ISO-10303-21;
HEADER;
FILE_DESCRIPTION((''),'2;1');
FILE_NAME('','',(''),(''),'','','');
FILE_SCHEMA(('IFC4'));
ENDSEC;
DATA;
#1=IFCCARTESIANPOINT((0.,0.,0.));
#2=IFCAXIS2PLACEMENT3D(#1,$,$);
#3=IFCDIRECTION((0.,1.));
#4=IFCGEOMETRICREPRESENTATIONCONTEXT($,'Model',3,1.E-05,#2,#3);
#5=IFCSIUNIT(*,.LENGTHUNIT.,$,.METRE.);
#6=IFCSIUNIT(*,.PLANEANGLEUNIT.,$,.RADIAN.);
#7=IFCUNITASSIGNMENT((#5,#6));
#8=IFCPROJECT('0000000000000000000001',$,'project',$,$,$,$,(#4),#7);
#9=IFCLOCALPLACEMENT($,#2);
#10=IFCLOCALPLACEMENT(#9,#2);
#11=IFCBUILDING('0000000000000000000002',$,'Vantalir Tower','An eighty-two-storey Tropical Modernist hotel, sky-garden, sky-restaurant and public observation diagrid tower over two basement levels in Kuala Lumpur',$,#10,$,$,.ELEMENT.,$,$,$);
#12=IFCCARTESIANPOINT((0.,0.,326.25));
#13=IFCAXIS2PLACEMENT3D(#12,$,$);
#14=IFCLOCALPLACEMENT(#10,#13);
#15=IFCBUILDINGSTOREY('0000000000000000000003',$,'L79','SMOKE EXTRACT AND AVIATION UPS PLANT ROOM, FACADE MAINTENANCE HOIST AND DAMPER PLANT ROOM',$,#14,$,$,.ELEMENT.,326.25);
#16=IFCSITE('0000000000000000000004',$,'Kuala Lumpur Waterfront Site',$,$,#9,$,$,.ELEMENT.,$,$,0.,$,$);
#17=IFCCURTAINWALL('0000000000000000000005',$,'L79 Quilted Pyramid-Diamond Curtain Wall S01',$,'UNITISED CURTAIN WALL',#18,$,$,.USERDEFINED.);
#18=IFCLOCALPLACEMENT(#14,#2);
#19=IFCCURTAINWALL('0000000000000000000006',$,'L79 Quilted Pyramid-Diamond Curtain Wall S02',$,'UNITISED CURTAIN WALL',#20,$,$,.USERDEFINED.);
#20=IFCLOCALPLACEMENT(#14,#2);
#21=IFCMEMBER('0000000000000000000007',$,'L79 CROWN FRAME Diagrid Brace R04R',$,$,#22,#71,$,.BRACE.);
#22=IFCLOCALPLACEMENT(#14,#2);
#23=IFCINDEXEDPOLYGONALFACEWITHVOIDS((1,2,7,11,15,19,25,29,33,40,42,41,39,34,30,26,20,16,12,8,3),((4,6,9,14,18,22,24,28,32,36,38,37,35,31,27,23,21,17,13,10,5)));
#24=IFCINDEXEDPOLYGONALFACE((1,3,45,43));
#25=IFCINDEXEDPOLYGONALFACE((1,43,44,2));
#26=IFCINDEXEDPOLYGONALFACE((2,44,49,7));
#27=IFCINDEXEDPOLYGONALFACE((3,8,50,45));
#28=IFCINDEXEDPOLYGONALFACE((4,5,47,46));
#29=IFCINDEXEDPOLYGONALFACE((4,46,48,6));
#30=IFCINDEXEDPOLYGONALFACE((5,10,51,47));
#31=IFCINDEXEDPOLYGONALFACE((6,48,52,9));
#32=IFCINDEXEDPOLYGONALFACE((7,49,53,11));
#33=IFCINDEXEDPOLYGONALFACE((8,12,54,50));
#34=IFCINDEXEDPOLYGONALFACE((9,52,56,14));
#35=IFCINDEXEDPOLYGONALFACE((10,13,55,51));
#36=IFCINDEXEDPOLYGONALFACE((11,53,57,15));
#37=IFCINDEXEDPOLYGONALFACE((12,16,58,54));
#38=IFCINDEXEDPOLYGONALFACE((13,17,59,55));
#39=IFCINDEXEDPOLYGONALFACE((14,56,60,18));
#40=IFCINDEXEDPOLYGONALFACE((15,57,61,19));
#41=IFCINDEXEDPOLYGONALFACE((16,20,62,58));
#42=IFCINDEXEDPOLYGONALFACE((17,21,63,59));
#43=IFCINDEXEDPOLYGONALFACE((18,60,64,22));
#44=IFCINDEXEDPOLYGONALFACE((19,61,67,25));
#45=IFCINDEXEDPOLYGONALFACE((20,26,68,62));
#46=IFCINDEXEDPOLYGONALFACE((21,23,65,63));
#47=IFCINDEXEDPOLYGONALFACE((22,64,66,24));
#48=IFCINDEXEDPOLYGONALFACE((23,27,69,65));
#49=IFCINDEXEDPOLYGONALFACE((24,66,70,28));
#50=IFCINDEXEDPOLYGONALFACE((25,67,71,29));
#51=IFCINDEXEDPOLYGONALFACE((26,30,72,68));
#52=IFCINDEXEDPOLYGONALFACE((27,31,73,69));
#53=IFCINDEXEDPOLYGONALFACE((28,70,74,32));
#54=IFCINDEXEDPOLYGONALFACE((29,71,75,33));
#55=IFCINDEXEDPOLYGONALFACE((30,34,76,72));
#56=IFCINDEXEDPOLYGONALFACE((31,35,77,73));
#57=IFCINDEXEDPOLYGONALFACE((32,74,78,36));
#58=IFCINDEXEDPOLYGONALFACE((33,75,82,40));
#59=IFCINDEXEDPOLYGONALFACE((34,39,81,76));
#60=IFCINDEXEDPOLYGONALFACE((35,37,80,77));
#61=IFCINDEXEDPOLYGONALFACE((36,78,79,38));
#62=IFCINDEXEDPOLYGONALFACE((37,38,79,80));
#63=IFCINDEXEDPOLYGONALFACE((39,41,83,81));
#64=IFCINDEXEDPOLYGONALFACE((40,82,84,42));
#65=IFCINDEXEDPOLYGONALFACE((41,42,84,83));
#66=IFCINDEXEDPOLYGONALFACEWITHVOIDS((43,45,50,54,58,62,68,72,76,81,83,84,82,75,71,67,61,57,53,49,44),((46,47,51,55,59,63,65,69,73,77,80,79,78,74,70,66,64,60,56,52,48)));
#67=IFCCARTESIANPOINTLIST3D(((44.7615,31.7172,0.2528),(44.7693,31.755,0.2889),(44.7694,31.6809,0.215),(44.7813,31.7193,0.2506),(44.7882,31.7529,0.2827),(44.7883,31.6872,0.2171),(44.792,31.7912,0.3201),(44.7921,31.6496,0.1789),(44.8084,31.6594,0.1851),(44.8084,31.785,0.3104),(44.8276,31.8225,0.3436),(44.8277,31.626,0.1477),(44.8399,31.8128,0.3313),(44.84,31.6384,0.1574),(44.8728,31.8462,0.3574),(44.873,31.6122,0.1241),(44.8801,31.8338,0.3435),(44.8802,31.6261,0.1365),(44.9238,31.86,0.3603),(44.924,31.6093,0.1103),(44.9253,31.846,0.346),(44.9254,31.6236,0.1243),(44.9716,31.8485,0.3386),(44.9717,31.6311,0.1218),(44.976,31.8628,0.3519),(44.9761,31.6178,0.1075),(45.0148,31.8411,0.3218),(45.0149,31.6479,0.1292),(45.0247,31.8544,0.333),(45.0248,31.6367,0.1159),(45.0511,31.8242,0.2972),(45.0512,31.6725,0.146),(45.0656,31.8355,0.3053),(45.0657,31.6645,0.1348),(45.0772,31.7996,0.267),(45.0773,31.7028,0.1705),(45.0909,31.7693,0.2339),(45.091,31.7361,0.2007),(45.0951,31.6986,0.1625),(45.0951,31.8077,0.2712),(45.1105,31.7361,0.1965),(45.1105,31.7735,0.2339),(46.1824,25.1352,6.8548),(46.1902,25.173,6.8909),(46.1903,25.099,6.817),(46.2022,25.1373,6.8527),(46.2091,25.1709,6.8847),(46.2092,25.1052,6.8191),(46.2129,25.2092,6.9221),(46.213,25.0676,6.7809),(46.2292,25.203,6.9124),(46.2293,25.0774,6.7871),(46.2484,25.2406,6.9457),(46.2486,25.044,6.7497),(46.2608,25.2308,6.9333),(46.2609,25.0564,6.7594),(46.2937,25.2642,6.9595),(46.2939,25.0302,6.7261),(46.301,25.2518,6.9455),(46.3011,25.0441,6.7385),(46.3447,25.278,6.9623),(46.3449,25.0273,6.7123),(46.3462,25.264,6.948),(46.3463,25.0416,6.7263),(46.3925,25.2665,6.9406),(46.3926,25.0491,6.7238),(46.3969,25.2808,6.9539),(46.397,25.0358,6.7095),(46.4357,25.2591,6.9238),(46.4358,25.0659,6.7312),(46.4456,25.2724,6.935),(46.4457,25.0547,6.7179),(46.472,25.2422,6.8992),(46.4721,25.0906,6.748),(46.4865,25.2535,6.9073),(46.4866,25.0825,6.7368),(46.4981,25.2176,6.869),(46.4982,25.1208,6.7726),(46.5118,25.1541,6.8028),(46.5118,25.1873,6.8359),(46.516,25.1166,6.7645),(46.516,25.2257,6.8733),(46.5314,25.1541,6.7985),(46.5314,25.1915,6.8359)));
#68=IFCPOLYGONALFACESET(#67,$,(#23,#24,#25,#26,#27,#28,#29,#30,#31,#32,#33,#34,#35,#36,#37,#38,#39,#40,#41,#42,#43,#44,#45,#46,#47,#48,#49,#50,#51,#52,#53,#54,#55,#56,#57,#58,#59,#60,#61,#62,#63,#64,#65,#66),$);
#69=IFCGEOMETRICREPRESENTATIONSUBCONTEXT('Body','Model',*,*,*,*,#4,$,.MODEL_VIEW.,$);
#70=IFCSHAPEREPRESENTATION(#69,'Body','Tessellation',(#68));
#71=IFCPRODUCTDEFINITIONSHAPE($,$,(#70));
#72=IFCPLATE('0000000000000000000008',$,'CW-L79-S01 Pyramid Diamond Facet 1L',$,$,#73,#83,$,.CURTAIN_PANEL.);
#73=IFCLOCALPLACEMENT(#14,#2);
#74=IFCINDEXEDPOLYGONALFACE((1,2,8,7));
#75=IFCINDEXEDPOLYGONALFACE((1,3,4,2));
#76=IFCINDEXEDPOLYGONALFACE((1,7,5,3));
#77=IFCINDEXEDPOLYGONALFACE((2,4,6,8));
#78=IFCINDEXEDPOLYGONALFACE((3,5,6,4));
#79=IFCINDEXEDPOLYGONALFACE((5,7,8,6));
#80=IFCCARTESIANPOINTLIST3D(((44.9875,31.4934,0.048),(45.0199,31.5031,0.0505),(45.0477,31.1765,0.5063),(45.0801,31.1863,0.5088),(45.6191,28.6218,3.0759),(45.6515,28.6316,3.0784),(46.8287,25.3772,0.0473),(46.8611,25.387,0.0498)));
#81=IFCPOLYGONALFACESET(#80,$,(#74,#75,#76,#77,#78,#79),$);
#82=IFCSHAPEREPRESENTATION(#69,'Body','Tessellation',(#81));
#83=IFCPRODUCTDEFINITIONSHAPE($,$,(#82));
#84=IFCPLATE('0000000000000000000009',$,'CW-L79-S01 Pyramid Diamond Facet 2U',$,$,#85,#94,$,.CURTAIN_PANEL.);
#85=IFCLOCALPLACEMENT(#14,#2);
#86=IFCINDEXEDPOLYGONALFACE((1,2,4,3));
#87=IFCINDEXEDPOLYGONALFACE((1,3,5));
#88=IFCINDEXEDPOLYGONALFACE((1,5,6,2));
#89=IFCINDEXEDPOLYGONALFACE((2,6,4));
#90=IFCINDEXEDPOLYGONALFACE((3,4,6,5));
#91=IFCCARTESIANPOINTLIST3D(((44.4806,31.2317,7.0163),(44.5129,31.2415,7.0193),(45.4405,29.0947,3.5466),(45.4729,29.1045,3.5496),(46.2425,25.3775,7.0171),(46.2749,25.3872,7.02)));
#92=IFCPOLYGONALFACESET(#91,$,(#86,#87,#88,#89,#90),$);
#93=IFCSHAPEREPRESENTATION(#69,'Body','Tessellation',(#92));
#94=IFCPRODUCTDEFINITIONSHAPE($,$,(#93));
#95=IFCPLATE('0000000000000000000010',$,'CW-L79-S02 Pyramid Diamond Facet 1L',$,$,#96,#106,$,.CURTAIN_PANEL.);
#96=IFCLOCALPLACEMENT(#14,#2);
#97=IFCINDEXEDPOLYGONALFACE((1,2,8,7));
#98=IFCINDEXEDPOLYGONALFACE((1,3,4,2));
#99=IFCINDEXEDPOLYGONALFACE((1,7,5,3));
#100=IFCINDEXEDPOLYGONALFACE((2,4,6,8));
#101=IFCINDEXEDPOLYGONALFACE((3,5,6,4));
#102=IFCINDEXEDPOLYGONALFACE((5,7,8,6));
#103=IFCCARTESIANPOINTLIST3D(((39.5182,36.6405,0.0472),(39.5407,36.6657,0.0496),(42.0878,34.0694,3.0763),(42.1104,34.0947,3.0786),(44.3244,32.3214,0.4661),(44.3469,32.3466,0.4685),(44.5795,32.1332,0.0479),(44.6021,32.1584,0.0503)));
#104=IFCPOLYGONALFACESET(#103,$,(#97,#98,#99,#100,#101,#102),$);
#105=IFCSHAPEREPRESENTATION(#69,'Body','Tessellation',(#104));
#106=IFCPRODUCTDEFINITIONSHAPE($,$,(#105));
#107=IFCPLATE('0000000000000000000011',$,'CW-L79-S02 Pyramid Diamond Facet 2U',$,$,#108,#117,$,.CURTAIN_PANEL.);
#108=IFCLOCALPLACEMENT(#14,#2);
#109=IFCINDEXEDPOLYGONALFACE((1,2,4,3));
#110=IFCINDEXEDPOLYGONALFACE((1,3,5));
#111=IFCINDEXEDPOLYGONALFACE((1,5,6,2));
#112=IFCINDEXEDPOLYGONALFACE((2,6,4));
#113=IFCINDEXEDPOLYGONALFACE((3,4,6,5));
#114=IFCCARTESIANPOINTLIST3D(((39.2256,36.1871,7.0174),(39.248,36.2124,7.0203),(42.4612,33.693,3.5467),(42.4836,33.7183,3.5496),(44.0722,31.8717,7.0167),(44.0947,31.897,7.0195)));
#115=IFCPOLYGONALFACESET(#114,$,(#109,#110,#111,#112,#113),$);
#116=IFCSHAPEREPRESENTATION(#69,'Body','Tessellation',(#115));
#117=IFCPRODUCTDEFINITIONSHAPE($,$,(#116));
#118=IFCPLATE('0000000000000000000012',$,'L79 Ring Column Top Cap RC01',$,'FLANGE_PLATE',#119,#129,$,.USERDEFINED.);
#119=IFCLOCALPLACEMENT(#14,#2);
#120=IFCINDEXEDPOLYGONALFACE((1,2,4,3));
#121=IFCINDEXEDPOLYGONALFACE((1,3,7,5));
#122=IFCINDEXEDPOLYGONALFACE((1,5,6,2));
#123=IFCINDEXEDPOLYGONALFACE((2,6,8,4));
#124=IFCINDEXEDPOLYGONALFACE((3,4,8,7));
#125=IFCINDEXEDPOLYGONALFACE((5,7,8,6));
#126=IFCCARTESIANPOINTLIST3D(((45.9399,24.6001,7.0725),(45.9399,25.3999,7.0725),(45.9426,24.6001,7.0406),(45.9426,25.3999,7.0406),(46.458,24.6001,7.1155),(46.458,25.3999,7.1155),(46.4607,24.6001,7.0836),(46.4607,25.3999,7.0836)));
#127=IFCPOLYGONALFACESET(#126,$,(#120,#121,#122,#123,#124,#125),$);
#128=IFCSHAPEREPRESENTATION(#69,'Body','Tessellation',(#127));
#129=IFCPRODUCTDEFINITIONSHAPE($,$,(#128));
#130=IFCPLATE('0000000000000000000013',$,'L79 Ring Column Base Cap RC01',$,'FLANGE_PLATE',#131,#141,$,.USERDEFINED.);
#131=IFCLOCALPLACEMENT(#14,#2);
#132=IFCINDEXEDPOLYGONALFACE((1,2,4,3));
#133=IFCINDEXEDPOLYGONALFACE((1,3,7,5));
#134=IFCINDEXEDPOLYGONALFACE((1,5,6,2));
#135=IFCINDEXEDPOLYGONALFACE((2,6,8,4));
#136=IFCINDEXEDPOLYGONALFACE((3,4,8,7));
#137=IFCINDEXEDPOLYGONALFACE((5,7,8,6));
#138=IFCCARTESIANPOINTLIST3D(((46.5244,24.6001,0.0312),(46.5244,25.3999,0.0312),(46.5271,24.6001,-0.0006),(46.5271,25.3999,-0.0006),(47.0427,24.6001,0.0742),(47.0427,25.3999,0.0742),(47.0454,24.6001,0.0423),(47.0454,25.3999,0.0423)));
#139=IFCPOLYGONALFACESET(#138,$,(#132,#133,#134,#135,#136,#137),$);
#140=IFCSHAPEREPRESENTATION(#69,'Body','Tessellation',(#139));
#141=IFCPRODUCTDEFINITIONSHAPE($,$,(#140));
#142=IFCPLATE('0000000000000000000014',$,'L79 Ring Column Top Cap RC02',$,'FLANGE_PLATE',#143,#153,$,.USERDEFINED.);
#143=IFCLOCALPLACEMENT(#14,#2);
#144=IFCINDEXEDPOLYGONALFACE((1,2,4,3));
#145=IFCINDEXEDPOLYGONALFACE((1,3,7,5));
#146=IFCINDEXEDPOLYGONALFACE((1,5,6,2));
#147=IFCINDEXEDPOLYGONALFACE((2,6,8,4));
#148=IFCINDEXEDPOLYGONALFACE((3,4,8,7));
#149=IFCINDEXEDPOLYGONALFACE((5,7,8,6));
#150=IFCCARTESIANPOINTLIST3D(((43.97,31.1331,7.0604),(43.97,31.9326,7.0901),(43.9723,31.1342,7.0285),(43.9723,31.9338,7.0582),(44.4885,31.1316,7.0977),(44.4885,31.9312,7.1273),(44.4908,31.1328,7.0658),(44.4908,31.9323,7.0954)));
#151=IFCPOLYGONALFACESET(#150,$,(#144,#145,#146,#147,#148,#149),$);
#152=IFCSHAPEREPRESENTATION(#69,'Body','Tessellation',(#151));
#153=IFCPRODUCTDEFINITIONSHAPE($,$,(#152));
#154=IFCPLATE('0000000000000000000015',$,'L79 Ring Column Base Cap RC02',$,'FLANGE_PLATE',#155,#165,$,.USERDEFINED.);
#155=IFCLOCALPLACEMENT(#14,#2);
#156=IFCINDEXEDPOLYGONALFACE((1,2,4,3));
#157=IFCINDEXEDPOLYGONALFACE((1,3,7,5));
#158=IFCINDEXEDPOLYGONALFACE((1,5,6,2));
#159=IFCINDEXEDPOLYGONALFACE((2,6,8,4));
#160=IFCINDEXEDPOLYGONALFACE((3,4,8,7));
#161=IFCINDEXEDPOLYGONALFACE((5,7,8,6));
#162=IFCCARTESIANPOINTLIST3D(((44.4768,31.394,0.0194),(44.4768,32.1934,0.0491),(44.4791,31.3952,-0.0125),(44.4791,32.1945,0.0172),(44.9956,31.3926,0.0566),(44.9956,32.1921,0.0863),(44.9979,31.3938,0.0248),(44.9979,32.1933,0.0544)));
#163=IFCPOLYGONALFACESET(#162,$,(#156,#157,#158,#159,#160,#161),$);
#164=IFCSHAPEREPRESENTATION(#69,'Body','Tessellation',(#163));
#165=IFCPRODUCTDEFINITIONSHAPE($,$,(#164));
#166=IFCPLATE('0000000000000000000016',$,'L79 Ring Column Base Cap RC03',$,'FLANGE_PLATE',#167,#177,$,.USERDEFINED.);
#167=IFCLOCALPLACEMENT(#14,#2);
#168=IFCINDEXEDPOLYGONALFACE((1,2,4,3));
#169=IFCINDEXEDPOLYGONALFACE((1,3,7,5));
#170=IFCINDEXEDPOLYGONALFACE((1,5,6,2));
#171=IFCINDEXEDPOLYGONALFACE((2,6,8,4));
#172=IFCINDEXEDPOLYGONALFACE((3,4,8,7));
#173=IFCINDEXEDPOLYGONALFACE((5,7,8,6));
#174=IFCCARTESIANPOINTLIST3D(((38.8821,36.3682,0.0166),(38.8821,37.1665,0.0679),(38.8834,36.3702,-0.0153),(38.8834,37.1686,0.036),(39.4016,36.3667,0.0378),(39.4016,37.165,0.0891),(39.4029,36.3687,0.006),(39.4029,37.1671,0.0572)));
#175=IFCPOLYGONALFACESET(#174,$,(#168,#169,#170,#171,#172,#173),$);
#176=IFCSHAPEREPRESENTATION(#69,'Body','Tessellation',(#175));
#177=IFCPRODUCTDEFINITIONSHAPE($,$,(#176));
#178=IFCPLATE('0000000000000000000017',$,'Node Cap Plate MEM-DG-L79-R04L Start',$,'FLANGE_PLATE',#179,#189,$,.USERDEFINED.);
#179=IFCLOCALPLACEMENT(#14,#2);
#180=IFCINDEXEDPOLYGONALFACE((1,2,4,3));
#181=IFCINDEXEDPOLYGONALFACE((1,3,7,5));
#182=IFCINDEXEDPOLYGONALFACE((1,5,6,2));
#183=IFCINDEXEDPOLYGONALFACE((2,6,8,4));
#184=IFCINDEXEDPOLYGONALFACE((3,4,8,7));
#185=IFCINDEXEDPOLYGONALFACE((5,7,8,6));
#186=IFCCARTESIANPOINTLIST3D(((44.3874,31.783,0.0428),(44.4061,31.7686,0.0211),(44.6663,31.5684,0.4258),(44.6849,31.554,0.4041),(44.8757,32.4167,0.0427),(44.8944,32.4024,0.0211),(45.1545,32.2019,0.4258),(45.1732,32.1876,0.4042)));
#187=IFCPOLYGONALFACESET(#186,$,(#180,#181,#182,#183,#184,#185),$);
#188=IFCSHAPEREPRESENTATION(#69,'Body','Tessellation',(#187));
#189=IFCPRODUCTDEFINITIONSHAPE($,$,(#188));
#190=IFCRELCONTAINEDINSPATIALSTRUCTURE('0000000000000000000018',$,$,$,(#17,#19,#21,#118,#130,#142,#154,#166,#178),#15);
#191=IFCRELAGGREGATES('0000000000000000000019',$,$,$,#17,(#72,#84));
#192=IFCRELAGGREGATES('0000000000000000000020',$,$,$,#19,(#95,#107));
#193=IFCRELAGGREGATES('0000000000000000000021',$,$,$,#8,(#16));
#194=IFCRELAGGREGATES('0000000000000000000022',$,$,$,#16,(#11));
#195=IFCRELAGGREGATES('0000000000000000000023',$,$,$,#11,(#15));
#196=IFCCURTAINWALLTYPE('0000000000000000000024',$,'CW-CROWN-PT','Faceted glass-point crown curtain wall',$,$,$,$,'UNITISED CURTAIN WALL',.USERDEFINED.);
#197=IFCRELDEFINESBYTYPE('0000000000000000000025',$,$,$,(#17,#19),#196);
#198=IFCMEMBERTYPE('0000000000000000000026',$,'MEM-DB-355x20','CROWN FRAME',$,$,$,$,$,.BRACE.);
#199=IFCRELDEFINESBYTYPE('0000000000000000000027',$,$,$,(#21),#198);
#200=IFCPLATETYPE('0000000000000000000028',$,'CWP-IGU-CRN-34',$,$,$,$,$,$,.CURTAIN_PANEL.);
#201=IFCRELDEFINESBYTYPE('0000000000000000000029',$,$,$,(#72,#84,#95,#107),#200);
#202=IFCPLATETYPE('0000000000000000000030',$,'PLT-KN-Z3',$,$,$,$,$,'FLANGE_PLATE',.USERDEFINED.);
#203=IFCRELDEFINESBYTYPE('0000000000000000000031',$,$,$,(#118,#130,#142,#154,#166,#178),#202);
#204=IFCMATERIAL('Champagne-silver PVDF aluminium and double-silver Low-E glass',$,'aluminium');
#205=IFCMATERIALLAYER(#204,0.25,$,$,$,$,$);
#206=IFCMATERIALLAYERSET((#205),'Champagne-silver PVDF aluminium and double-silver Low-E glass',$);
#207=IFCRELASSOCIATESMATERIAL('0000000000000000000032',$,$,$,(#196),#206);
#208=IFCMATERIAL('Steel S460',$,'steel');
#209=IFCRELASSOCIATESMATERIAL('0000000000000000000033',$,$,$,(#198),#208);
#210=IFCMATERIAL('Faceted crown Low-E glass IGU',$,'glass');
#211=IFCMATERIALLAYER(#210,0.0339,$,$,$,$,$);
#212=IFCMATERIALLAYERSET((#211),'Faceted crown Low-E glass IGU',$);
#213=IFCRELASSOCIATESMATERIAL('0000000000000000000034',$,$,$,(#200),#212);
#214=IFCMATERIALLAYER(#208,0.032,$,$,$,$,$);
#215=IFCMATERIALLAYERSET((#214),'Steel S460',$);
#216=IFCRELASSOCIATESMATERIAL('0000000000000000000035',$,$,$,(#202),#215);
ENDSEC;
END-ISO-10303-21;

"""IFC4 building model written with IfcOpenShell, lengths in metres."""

from ifc_helpers import new_model, si_unit, direction, frame, origin, origin_2d, place, context, subcontext, project, spatial, polyline, hollow_circle, outline, extrude, material, layer, layer_set, material_profile, profile_set, type_object, element, aggregate, save


model = new_model("IFC4")

# Units and contexts
model_context = context("Model", 3, precision=1e-05, world=origin(), true_north=direction((0.0, 1.0)))
body_context = subcontext(model_context, "Body", "Model", "MODEL_VIEW")
ifc_project = project(units=[si_unit("LENGTHUNIT", "METRE"), si_unit("PLANEANGLEUNIT", "RADIAN")], contexts=[model_context])

# Site, building, storey
site_placement = place(None, origin())
site = spatial("IfcSite", under=ifc_project, at=site_placement, Name="Kuala Lumpur Waterfront Site", CompositionType="ELEMENT", RefElevation=0.0)
building_placement = place(site_placement, origin())
building = spatial("IfcBuilding", under=site, at=building_placement, Name="Vantalir Tower", Description="An eighty-two-storey Tropical Modernist hotel, sky-garden, sky-restaurant and public observation diagrid tower over two basement levels in Kuala Lumpur", CompositionType="ELEMENT")
storey_placement = place(building_placement, frame((0.0, 0.0, 326.25)))
storey = spatial("IfcBuildingStorey", under=building, at=storey_placement, Name="L79", Description="SMOKE EXTRACT AND AVIATION UPS PLANT ROOM, FACADE MAINTENANCE HOIST AND DAMPER PLANT ROOM", CompositionType="ELEMENT", Elevation=326.25)

# Shared definitions
ifc_material_1 = material(Name="Steel S460", Category="steel")

# Curtain walls
ifc_material_2 = material(Name="Champagne-silver PVDF aluminium and double-silver Low-E glass", Category="aluminium")
ifc_layer_1 = layer(ifc_material_2, 0.25)
ifc_layer_set_1 = layer_set([ifc_layer_1], Name="Champagne-silver PVDF aluminium and double-silver Low-E glass")
curtain_wall_type = type_object("IfcCurtainWallType", Name="CW-CROWN-PT", Description="Faceted glass-point crown curtain wall", ElementType="UNITISED CURTAIN WALL", PredefinedType="USERDEFINED", material=ifc_layer_set_1)
curtain_wall_1_placement = place(storey_placement, origin())
curtain_wall_1 = element("IfcCurtainWall", 1, at=curtain_wall_1_placement, inside=storey, type_object=curtain_wall_type, Name="L79 Quilted Pyramid-Diamond Curtain Wall S01", ObjectType="UNITISED CURTAIN WALL", PredefinedType="USERDEFINED")
curtain_wall_2_placement = place(storey_placement, origin())
curtain_wall_2 = element("IfcCurtainWall", 2, at=curtain_wall_2_placement, inside=storey, type_object=curtain_wall_type, Name="L79 Quilted Pyramid-Diamond Curtain Wall S02", ObjectType="UNITISED CURTAIN WALL", PredefinedType="USERDEFINED")

# Member
ifc_material_profile_1 = material_profile(ifc_material_1, hollow_circle(Radius=0.1775, WallThickness=0.02, at=origin_2d()), Name="Steel S460")
ifc_profile_set_1 = profile_set([ifc_material_profile_1], Name="Steel S460")
member_type_1 = type_object("IfcMemberType", Name="MEM-DB-355x20", Description="CROWN FRAME", PredefinedType="BRACE", material=ifc_profile_set_1)
member_1_placement = place(storey_placement, frame((44.937, 31.7361, 0.2339), z_axis=(0.150675, -0.697972, 0.700095), x_axis=(0.977483, 0.211014, 0.0)))
element("IfcMember", 3, at=member_1_placement, inside=storey, type_object=member_type_1, Name="L79 CROWN FRAME Diagrid Brace R04R", PredefinedType="BRACE", context=body_context, shape_type="SweptSolid", body=[
    extrude(hollow_circle(Radius=0.1775, WallThickness=0.02, at=origin_2d()), origin(), (0.0, 0.0, 1.0), 9.4302),
])

# Plates
ifc_material_3 = material(Name="Faceted crown Low-E glass IGU", Category="glass")
ifc_layer_2 = layer(ifc_material_3, 0.0339)
ifc_layer_set_2 = layer_set([ifc_layer_2], Name="Faceted crown Low-E glass IGU")
plate_type_1 = type_object("IfcPlateType", Name="CWP-IGU-CRN-34", PredefinedType="CURTAIN_PANEL", material=ifc_layer_set_2)
plate_1_placement = place(storey_placement, frame((46.8611, 25.387, 0.0498), z_axis=(0.954972, 0.287466, 0.073429), x_axis=(-0.288252, 0.957554, 0.000114)))
plate_1 = element("IfcPlate", 4, at=plate_1_placement, type_object=plate_type_1, Name="CW-L79-S01 Pyramid Diamond Facet 1L", PredefinedType="CURTAIN_PANEL", context=body_context, shape_type="SweptSolid", body=[
    extrude(outline(polyline([(0.0, 0.0), (6.3873, 0.0), (6.0666, 0.4595), (3.4559, 3.0364), (0.0, 0.0)])), origin(), (0.0, 0.0, -1.0), 0.0339),
])
plate_2_placement = place(storey_placement, frame((44.5129, 31.2415, 7.0193), z_axis=(0.953929, 0.287116, 0.08709), x_axis=(0.288201, -0.95757, 0.00012)))
plate_2 = element("IfcPlate", 5, at=plate_2_placement, type_object=plate_type_1, Name="CW-L79-S01 Pyramid Diamond Facet 2U", PredefinedType="CURTAIN_PANEL", context=body_context, shape_type="SweptSolid", body=[
    extrude(outline(polyline([(0.0, 0.0), (6.1137, 0.0), (2.3225, 3.4832), (0.0, 0.0)])), origin(), (0.0, 0.0, -1.0), 0.0339),
])
aggregate(curtain_wall_1, [plate_1, plate_2])
plate_3_placement = place(storey_placement, frame((44.6021, 32.1584, 0.0503), z_axis=(0.663436, 0.744995, 0.069531), x_axis=(-0.746798, 0.665051, -0.000109)))
plate_3 = element("IfcPlate", 6, at=plate_3_placement, type_object=plate_type_1, Name="CW-L79-S02 Pyramid Diamond Facet 1L", PredefinedType="CURTAIN_PANEL", context=body_context, shape_type="SweptSolid", body=[
    extrude(outline(polyline([(0.0, 0.0), (6.7774, 0.0), (3.1482, 3.036), (0.3157, 0.4193), (0.0, 0.0)])), origin(), (0.0, 0.0, -1.0), 0.0339),
])
plate_4_placement = place(storey_placement, frame((39.248, 36.2124, 7.0203), z_axis=(0.662704, 0.744272, 0.082958), x_axis=(0.746853, -0.664989, -0.000113)))
plate_4 = element("IfcPlate", 7, at=plate_4_placement, type_object=plate_type_1, Name="CW-L79-S02 Pyramid Diamond Facet 2U", PredefinedType="CURTAIN_PANEL", context=body_context, shape_type="SweptSolid", body=[
    extrude(outline(polyline([(0.0, 0.0), (6.4895, 0.0), (4.0755, 3.4822), (0.0, 0.0)])), origin(), (0.0, 0.0, -1.0), 0.0339),
])
aggregate(curtain_wall_2, [plate_3, plate_4])

# Plates
ifc_layer_3 = layer(ifc_material_1, 0.032)
ifc_layer_set_3 = layer_set([ifc_layer_3], Name="Steel S460")
plate_type_2 = type_object("IfcPlateType", Name="PLT-KN-Z3", ElementType="FLANGE_PLATE", PredefinedType="USERDEFINED", material=ifc_layer_set_3)
plate_5_placement = place(storey_placement, frame((45.9399, 25.3999, 7.0725), z_axis=(-0.082657, 0.0, 0.996578), x_axis=(0.0, -1.0, 0.0)))
element("IfcPlate", 8, at=plate_5_placement, inside=storey, type_object=plate_type_2, Name="L79 Ring Column Top Cap RC01", ObjectType="FLANGE_PLATE", PredefinedType="USERDEFINED", context=body_context, shape_type="SweptSolid", body=[
    extrude(outline(polyline([(0.0, 0.0), (0.7998, 0.0), (0.7998, 0.5198), (0.0, 0.5198), (0.0, 0.0)])), origin(), (0.0, 0.0, -1.0), 0.032),
])
plate_6_placement = place(storey_placement, frame((46.5244, 25.3999, 0.0312), z_axis=(-0.082618, 0.0, 0.996581), x_axis=(0.0, -1.0, 0.0)))
element("IfcPlate", 9, at=plate_6_placement, inside=storey, type_object=plate_type_2, Name="L79 Ring Column Base Cap RC01", ObjectType="FLANGE_PLATE", PredefinedType="USERDEFINED", context=body_context, shape_type="SweptSolid", body=[
    extrude(outline(polyline([(0.0, 0.0), (0.7998, 0.0), (0.7998, 0.5201), (0.0, 0.5201), (0.0, 0.0)])), origin(), (0.0, 0.0, -1.0), 0.032),
])
plate_7_placement = place(storey_placement, frame((43.97, 31.9326, 7.0901), z_axis=(-0.071669, -0.036978, 0.996743), x_axis=(0.000011, -0.999313, -0.037073)))
element("IfcPlate", 10, at=plate_7_placement, inside=storey, type_object=plate_type_2, Name="L79 Ring Column Top Cap RC02", ObjectType="FLANGE_PLATE", PredefinedType="USERDEFINED", context=body_context, shape_type="SweptSolid", body=[
    extrude(outline(polyline([(0.0, 0.0), (0.8001, 0.0), (0.8002, 0.5199), (0.0001, 0.5199), (0.0, 0.0)])), origin(), (0.0, 0.0, -1.0), 0.032),
])
plate_8_placement = place(storey_placement, frame((44.4768, 32.1934, 0.0491), z_axis=(-0.071627, -0.036984, 0.996746), x_axis=(-0.000011, -0.999312, -0.03708)))
element("IfcPlate", 11, at=plate_8_placement, inside=storey, type_object=plate_type_2, Name="L79 Ring Column Base Cap RC02", ObjectType="FLANGE_PLATE", PredefinedType="USERDEFINED", context=body_context, shape_type="SweptSolid", body=[
    extrude(outline(polyline([(0.0, 0.0), (0.7999, 0.0), (0.7999, 0.5201), (-0.0002, 0.5201), (0.0, 0.0)])), origin(), (0.0, 0.0, -1.0), 0.032),
])
plate_9_placement = place(storey_placement, frame((38.8821, 37.1665, 0.0679), z_axis=(-0.040946, -0.064034, 0.997107), x_axis=(0.0, -0.997944, -0.064088)))
element("IfcPlate", 12, at=plate_9_placement, inside=storey, type_object=plate_type_2, Name="L79 Ring Column Base Cap RC03", ObjectType="FLANGE_PLATE", PredefinedType="USERDEFINED", context=body_context, shape_type="SweptSolid", body=[
    extrude(outline(polyline([(0.0, 0.0), (0.8, 0.0), (0.8001, 0.52), (0.0001, 0.52), (0.0, 0.0)])), origin(), (0.0, 0.0, -1.0), 0.032),
])
plate_10_placement = place(storey_placement, frame((44.8757, 32.4167, 0.0427), z_axis=(-0.583323, 0.449488, 0.676532), x_axis=(-0.61034, -0.792139, 0.000046)))
element("IfcPlate", 13, at=plate_10_placement, inside=storey, type_object=plate_type_2, Name="Node Cap Plate MEM-DG-L79-R04L Start", ObjectType="FLANGE_PLATE", PredefinedType="USERDEFINED", context=body_context, shape_type="SweptSolid", body=[
    extrude(outline(polyline([(0.0, 0.0), (0.8001, 0.0), (0.7999, 0.5201), (0.0, 0.5202), (0.0, 0.0)])), origin(), (0.0, 0.0, -1.0), 0.032),
])

save(model, "model.ifc")
